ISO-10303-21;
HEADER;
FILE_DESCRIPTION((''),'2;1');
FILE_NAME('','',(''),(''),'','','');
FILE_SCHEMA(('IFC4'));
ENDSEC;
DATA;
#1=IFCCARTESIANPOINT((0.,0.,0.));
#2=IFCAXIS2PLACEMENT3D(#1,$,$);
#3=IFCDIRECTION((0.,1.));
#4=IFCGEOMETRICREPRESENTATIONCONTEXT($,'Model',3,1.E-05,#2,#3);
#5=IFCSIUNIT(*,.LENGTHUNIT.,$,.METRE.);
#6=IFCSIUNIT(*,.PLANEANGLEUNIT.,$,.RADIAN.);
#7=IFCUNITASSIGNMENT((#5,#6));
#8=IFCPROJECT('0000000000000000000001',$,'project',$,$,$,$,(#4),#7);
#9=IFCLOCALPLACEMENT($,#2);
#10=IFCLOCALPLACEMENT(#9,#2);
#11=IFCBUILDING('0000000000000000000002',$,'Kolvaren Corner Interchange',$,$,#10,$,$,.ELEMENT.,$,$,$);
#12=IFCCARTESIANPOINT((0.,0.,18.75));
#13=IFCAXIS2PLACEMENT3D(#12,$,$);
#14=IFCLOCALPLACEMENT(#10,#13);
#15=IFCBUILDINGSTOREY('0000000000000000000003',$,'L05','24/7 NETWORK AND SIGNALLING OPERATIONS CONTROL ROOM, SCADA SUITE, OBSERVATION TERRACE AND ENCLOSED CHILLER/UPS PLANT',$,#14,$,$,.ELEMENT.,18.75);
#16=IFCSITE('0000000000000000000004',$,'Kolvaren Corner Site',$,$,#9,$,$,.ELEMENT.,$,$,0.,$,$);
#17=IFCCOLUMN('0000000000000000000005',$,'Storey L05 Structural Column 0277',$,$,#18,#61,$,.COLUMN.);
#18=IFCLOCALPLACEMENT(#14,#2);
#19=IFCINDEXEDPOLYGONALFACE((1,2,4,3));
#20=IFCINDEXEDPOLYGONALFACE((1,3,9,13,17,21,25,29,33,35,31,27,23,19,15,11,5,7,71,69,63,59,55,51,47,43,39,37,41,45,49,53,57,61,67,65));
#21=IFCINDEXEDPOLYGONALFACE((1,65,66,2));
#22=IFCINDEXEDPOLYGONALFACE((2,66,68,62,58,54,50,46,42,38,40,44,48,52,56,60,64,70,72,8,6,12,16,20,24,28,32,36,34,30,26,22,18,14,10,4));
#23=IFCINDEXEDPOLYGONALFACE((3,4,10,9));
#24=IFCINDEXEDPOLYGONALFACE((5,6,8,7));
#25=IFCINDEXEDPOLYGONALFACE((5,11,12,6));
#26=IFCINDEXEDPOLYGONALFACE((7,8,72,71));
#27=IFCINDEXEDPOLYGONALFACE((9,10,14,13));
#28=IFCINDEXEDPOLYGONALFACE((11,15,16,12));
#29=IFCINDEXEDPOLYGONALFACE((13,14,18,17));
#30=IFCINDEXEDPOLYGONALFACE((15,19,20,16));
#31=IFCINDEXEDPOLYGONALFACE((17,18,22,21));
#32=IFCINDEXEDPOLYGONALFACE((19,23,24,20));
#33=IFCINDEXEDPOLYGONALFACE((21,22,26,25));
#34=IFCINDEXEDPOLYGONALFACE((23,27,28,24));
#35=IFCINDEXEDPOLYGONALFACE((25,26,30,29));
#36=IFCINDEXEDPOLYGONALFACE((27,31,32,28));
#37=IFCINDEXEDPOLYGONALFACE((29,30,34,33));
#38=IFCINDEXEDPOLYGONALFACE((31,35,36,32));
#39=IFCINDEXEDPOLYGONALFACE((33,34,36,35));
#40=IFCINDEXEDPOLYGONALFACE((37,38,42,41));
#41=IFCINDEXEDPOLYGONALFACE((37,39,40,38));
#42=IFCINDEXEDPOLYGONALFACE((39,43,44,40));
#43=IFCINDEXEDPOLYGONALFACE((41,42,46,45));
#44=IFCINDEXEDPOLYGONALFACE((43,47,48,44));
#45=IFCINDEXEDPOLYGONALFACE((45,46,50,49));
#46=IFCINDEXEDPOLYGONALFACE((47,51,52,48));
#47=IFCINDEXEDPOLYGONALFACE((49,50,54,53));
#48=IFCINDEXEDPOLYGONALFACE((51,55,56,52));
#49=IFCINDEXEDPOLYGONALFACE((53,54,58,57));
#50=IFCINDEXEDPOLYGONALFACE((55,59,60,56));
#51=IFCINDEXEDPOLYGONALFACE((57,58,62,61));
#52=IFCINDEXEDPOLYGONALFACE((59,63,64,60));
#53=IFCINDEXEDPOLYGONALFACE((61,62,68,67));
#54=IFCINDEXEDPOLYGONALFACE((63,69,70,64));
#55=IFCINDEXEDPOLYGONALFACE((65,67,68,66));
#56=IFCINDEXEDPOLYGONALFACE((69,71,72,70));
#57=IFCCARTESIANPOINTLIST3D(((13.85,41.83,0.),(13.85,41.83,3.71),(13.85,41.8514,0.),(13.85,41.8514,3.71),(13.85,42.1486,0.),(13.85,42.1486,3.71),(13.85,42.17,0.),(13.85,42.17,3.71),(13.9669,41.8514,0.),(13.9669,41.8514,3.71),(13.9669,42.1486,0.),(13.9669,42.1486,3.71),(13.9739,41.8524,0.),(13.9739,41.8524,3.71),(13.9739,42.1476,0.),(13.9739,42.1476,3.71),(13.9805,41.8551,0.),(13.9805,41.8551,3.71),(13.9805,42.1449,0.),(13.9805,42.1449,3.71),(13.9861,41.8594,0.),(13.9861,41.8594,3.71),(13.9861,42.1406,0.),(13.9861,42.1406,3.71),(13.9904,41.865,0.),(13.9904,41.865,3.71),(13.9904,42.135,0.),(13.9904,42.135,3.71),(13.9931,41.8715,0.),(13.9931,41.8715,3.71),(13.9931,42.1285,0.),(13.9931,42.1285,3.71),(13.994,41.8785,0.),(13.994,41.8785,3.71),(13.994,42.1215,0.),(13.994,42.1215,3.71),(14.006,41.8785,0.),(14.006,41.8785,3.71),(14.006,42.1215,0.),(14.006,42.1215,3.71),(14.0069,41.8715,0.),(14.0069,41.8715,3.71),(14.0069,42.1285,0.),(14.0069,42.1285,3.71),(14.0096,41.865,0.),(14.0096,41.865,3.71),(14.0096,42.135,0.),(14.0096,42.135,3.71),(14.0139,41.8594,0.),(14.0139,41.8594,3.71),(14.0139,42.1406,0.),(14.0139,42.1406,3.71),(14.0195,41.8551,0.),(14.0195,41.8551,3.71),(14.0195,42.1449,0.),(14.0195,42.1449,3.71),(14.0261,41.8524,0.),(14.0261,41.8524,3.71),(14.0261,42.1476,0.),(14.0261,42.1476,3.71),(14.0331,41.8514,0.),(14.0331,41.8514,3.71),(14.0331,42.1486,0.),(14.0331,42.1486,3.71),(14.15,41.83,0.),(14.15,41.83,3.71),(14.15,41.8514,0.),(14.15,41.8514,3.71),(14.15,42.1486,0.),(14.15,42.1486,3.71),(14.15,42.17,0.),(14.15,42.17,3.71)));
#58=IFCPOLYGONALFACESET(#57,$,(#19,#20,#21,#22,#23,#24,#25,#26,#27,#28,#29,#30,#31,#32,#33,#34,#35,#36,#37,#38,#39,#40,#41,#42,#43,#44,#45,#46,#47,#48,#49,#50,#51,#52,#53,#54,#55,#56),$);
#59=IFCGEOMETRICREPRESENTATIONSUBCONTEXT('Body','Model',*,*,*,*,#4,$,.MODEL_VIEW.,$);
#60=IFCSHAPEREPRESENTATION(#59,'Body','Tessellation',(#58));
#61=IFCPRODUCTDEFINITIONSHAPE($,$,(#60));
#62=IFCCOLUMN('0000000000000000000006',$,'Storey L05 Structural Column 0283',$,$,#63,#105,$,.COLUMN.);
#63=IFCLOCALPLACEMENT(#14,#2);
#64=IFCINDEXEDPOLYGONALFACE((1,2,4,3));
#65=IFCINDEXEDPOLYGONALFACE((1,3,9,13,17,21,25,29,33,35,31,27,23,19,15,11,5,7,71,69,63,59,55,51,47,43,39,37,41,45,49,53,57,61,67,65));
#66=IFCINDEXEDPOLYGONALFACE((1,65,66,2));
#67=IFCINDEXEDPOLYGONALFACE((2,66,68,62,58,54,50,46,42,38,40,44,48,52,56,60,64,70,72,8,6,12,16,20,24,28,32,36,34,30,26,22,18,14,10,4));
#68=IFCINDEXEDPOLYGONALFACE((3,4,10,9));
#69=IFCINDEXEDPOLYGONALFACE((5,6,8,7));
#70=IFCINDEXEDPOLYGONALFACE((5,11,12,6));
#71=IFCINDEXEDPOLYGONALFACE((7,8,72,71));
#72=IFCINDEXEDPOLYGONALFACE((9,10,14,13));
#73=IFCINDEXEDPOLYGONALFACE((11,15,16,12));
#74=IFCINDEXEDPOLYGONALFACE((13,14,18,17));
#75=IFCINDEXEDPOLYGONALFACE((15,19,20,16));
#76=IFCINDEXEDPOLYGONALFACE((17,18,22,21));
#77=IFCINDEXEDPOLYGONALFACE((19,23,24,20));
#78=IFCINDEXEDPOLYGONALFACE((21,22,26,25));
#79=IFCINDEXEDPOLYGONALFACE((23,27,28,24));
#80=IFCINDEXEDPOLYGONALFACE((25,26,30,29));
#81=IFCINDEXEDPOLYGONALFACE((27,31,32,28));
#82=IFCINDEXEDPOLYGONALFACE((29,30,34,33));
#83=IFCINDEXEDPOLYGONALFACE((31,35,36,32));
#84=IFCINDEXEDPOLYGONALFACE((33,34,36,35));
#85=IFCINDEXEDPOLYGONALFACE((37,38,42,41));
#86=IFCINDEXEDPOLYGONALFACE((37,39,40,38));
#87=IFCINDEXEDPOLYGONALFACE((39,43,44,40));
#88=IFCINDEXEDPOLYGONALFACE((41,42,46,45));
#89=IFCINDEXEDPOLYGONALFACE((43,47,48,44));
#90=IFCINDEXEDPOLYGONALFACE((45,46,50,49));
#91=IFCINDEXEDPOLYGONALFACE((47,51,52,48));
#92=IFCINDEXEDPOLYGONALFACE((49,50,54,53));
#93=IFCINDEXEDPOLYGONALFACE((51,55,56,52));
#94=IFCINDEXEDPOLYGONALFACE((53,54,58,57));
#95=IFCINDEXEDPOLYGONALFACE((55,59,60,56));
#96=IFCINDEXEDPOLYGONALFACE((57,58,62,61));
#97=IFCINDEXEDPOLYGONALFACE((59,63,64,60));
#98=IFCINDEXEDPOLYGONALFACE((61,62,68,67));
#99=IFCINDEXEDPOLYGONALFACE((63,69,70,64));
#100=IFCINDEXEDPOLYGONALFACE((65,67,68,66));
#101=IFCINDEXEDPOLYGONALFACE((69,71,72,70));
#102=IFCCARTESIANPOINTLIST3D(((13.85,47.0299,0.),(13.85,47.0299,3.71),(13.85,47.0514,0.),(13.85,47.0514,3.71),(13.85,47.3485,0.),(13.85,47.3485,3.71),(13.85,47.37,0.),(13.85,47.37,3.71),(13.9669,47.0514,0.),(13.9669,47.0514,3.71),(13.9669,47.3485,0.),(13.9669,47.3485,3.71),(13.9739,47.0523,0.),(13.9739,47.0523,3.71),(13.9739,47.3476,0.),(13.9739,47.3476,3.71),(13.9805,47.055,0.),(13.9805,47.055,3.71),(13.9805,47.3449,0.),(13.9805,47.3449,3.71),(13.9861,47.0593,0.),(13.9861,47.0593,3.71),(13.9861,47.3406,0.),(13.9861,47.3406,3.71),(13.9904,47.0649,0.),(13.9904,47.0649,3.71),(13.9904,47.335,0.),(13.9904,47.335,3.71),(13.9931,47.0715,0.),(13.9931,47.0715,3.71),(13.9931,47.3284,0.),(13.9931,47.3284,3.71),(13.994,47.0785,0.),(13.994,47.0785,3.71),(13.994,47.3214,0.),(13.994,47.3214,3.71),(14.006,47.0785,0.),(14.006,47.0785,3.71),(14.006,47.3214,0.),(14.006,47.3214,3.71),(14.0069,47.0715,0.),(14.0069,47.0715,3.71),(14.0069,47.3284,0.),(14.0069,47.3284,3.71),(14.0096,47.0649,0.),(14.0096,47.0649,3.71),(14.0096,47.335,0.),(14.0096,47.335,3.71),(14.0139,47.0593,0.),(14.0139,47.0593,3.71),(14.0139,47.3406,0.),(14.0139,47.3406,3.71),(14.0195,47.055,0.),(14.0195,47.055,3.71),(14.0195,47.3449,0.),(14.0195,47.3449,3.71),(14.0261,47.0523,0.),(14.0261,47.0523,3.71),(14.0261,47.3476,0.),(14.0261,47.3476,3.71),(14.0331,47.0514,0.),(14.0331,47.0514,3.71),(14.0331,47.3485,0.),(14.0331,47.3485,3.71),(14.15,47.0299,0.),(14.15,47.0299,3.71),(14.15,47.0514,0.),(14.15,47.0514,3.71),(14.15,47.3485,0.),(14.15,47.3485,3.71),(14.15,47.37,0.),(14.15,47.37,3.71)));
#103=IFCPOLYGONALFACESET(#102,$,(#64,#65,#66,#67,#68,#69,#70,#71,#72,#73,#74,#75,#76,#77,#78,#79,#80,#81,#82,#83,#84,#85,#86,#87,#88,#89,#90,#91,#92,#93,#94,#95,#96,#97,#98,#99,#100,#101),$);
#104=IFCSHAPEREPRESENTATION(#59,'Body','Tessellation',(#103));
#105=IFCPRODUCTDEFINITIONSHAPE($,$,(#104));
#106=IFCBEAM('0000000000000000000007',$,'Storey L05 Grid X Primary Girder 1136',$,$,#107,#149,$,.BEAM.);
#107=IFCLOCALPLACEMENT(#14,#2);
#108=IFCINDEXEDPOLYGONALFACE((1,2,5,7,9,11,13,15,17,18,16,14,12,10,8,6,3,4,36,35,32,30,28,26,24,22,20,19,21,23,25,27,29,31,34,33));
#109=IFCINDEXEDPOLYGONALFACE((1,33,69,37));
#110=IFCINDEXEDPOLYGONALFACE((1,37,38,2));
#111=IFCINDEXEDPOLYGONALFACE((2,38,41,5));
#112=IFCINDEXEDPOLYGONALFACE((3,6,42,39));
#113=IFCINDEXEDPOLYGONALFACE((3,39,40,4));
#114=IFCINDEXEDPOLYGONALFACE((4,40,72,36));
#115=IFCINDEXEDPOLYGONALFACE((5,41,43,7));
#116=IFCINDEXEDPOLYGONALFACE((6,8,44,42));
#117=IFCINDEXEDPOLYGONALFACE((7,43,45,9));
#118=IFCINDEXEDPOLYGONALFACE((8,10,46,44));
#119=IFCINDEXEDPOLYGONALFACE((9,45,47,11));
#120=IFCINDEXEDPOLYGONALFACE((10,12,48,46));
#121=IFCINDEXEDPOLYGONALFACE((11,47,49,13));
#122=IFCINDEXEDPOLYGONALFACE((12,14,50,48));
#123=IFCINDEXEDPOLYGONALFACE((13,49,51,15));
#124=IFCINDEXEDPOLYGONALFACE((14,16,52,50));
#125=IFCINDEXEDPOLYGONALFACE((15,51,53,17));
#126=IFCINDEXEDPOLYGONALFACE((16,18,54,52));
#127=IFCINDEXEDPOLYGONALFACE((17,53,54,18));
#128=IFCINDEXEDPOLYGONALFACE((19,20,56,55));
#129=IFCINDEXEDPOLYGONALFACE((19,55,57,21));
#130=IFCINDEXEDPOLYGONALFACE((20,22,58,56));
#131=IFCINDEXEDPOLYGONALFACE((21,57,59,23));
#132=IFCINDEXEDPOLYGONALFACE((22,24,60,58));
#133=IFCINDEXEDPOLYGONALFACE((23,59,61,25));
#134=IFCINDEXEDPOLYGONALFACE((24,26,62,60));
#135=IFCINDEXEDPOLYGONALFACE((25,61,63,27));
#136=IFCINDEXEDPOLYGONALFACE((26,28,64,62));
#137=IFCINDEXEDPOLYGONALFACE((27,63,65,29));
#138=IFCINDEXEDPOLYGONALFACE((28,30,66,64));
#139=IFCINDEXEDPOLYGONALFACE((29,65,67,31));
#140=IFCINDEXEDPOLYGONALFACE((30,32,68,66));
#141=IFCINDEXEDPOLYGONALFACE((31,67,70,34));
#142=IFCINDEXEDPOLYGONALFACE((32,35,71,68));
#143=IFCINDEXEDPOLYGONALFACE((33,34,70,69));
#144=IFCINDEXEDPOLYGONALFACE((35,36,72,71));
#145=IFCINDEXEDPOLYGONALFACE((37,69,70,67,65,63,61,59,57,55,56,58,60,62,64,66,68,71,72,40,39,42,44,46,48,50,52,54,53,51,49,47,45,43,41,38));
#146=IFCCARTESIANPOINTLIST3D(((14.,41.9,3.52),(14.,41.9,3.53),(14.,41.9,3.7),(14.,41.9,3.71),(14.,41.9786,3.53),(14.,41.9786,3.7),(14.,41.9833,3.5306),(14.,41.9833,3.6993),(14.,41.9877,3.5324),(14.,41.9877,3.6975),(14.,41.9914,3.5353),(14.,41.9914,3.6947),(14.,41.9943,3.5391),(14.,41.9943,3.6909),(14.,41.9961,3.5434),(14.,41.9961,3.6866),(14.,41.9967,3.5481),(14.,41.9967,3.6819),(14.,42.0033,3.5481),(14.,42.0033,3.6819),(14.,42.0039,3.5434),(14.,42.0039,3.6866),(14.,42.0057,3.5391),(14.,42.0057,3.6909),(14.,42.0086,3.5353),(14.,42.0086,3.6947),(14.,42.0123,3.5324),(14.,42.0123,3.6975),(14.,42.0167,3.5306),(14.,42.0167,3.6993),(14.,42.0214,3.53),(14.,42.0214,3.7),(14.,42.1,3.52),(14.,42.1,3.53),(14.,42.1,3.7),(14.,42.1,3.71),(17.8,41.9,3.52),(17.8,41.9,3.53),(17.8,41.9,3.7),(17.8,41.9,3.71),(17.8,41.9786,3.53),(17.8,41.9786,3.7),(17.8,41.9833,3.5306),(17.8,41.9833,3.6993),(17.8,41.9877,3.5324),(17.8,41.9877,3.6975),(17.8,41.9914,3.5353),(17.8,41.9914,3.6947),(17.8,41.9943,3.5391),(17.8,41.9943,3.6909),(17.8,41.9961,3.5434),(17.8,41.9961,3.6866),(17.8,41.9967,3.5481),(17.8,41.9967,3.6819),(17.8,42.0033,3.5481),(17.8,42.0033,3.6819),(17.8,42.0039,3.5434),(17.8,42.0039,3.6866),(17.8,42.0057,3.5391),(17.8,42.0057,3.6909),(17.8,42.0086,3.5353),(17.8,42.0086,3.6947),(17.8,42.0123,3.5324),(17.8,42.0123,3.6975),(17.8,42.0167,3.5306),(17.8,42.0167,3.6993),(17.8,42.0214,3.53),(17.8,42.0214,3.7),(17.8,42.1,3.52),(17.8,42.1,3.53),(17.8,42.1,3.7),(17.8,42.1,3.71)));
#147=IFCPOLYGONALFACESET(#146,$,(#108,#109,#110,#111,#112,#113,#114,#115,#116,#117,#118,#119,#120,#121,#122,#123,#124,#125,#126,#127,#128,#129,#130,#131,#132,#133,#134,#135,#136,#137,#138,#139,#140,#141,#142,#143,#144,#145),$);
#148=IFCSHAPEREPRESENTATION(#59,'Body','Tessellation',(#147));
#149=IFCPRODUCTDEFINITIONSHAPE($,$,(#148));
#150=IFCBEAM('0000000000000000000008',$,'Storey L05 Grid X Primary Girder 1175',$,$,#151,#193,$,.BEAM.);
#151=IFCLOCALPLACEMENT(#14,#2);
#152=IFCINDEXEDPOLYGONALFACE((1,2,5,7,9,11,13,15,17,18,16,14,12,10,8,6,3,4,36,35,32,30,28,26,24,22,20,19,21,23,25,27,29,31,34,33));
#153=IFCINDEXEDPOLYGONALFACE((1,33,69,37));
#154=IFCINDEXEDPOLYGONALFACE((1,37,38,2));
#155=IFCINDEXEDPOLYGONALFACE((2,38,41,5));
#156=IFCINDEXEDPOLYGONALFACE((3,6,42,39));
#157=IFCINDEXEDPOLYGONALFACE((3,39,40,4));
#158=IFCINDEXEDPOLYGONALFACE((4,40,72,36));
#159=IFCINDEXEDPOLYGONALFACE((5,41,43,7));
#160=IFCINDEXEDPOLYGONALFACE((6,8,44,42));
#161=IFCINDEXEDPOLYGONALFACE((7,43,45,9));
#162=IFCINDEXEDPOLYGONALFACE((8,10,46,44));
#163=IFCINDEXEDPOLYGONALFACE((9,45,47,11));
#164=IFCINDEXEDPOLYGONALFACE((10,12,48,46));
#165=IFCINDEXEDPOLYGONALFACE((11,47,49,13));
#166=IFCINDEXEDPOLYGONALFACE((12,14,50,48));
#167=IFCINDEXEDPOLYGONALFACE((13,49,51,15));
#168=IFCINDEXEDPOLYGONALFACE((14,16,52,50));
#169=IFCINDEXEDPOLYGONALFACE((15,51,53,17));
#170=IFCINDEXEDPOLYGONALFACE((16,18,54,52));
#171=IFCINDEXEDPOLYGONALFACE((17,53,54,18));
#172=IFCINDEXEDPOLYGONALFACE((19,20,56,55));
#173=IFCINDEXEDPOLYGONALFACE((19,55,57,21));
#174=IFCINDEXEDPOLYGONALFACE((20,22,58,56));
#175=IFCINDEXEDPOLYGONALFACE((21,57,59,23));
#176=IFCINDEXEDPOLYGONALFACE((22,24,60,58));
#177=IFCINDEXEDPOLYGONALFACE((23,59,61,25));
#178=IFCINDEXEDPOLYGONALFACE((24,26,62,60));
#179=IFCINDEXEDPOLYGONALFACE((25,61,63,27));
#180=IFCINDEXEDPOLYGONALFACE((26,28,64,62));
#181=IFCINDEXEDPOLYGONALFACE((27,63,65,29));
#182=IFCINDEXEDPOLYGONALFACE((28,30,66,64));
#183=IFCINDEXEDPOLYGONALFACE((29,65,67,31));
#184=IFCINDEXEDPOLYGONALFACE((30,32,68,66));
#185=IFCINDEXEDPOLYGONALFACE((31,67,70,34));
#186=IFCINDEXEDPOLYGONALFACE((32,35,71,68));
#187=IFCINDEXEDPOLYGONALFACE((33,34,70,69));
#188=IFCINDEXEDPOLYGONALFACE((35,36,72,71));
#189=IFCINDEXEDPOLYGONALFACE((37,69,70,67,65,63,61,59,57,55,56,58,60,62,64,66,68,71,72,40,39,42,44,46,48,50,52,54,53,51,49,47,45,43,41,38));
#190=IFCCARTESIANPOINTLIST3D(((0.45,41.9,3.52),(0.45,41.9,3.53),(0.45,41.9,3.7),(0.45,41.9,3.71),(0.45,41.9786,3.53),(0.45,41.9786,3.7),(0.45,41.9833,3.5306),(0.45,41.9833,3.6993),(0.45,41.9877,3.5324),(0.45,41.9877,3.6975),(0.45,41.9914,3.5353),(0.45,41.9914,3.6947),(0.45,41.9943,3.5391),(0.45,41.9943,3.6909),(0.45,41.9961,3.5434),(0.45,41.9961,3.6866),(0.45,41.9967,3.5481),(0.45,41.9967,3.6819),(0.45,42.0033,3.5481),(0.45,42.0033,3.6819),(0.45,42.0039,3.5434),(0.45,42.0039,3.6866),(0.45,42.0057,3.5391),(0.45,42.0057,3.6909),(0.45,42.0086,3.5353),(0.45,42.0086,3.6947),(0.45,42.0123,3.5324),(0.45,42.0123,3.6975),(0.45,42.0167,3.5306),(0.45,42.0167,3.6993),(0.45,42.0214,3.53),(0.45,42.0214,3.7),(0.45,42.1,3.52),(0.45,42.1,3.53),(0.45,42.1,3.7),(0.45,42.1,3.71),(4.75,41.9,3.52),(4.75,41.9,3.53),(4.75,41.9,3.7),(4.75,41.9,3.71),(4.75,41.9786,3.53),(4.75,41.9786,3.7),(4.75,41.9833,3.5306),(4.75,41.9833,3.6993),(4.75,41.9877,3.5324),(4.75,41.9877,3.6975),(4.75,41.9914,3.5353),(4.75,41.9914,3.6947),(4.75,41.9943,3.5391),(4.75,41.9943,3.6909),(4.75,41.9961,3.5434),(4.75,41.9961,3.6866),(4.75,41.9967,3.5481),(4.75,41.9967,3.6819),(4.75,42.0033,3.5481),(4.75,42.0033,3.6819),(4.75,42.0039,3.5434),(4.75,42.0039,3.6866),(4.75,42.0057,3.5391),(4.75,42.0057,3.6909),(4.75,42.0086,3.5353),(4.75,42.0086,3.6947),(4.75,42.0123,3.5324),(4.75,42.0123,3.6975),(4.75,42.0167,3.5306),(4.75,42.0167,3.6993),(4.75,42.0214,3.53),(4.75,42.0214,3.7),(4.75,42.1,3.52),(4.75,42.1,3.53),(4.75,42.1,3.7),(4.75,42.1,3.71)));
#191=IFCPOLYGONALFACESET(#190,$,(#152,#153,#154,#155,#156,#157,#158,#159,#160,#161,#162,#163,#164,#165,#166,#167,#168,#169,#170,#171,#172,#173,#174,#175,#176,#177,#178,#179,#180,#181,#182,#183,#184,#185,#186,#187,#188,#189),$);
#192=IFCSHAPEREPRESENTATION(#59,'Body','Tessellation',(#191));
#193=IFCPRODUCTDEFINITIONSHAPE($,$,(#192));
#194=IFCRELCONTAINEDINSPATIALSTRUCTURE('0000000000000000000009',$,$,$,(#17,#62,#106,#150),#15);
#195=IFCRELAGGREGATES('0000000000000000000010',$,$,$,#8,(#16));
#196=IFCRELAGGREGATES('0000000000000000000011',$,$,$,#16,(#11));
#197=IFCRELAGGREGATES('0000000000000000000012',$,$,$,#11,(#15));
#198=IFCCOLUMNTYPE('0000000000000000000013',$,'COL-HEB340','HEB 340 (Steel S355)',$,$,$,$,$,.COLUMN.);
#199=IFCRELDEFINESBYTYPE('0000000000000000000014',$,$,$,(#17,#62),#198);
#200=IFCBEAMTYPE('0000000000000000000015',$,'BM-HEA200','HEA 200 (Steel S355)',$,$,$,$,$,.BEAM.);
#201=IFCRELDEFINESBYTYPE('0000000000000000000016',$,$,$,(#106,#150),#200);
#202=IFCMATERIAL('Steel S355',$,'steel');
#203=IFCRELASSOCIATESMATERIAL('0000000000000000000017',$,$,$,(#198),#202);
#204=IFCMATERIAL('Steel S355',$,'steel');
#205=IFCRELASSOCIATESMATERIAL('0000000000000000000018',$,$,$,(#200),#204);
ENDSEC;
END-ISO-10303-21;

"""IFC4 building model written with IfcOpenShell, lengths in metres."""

from ifc_helpers import new_model, si_unit, direction, frame, origin, origin_2d, place, context, subcontext, project, spatial, i_section, extrude, material, material_profile, profile_set, type_object, element, save


model = new_model("IFC4")

# Units and contexts
model_context = context("Model", 3, precision=1e-05, world=origin(), true_north=direction((0.0, 1.0)))
body_context = subcontext(model_context, "Body", "Model", "MODEL_VIEW")
ifc_project = project(units=[si_unit("LENGTHUNIT", "METRE"), si_unit("PLANEANGLEUNIT", "RADIAN")], contexts=[model_context])

# Site, building, storey
site_placement = place(None, origin())
site = spatial("IfcSite", under=ifc_project, at=site_placement, Name="Kolvaren Corner Site", CompositionType="ELEMENT", RefElevation=0.0)
building_placement = place(site_placement, origin())
building = spatial("IfcBuilding", under=site, at=building_placement, Name="Kolvaren Corner Interchange", CompositionType="ELEMENT")
storey_placement = place(building_placement, frame((0.0, 0.0, 18.75)))
storey = spatial("IfcBuildingStorey", under=building, at=storey_placement, Name="L05", Description="24/7 NETWORK AND SIGNALLING OPERATIONS CONTROL ROOM, SCADA SUITE, OBSERVATION TERRACE AND ENCLOSED CHILLER/UPS PLANT", CompositionType="ELEMENT", Elevation=18.75)

# Columns
ifc_material_1 = material(Name="Steel S355", Category="steel")
ifc_material_profile_1 = material_profile(ifc_material_1, i_section(OverallWidth=0.3, OverallDepth=0.3401, WebThickness=0.012, FlangeThickness=0.0215, FilletRadius=0.0271, at=origin_2d()), Name="HEB 340")
ifc_profile_set_1 = profile_set([ifc_material_profile_1], Name="Steel S355")
column_type_1 = type_object("IfcColumnType", Name="COL-HEB340", Description="HEB 340 (Steel S355)", PredefinedType="COLUMN", material=ifc_profile_set_1)
for number, where, z_axis, x_axis, name in (
    (1, (14.0, 42.0, 0.0), (0.0, 0.0, 1.0), (1.0, 0.0, 0.0), "Storey L05 Structural Column 0277"),
    (2, (14.0, 47.2, 0.0), (0.0, 0.0, 1.0), (1.0, 0.0, 0.0), "Storey L05 Structural Column 0283"),
):
    element("IfcColumn", number, at=place(storey_placement, frame(where, z_axis=z_axis, x_axis=x_axis)), inside=storey, type_object=column_type_1, Name=name, PredefinedType="COLUMN", context=body_context, shape_type="SweptSolid", body=[
        extrude(i_section(OverallWidth=0.3, OverallDepth=0.3401, WebThickness=0.012, FlangeThickness=0.0215, FilletRadius=0.0271, at=origin_2d()), origin(), (0.0, 0.0, 1.0), 3.71),
    ])

# Beams
ifc_material_2 = material(Name="Steel S355", Category="steel")
ifc_material_profile_2 = material_profile(ifc_material_2, i_section(OverallWidth=0.2, OverallDepth=0.1899, WebThickness=0.0066, FlangeThickness=0.01, FilletRadius=0.0181, at=origin_2d()), Name="HEA 200")
ifc_profile_set_2 = profile_set([ifc_material_profile_2], Name="Steel S355")
beam_type_1 = type_object("IfcBeamType", Name="BM-HEA200", Description="HEA 200 (Steel S355)", PredefinedType="BEAM", material=ifc_profile_set_2)
beam_1_placement = place(storey_placement, frame((14.0, 42.0, 3.615), z_axis=(1.0, 0.0, 0.0), x_axis=(0.0, 1.0, 0.0)))
element("IfcBeam", 3, at=beam_1_placement, inside=storey, type_object=beam_type_1, Name="Storey L05 Grid X Primary Girder 1136", PredefinedType="BEAM", context=body_context, shape_type="SweptSolid", body=[
    extrude(i_section(OverallWidth=0.2, OverallDepth=0.1899, WebThickness=0.0066, FlangeThickness=0.01, FilletRadius=0.0181, at=origin_2d()), origin(), (0.0, 0.0, 1.0), 3.8),
])
beam_2_placement = place(storey_placement, frame((0.45, 42.0, 3.615), z_axis=(1.0, 0.0, 0.0), x_axis=(0.0, 1.0, 0.0)))
element("IfcBeam", 4, at=beam_2_placement, inside=storey, type_object=beam_type_1, Name="Storey L05 Grid X Primary Girder 1175", PredefinedType="BEAM", context=body_context, shape_type="SweptSolid", body=[
    extrude(i_section(OverallWidth=0.2, OverallDepth=0.1899, WebThickness=0.0066, FlangeThickness=0.01, FilletRadius=0.0181, at=origin_2d()), origin(), (0.0, 0.0, 1.0), 4.3),
])

save(model, "model.ifc")
